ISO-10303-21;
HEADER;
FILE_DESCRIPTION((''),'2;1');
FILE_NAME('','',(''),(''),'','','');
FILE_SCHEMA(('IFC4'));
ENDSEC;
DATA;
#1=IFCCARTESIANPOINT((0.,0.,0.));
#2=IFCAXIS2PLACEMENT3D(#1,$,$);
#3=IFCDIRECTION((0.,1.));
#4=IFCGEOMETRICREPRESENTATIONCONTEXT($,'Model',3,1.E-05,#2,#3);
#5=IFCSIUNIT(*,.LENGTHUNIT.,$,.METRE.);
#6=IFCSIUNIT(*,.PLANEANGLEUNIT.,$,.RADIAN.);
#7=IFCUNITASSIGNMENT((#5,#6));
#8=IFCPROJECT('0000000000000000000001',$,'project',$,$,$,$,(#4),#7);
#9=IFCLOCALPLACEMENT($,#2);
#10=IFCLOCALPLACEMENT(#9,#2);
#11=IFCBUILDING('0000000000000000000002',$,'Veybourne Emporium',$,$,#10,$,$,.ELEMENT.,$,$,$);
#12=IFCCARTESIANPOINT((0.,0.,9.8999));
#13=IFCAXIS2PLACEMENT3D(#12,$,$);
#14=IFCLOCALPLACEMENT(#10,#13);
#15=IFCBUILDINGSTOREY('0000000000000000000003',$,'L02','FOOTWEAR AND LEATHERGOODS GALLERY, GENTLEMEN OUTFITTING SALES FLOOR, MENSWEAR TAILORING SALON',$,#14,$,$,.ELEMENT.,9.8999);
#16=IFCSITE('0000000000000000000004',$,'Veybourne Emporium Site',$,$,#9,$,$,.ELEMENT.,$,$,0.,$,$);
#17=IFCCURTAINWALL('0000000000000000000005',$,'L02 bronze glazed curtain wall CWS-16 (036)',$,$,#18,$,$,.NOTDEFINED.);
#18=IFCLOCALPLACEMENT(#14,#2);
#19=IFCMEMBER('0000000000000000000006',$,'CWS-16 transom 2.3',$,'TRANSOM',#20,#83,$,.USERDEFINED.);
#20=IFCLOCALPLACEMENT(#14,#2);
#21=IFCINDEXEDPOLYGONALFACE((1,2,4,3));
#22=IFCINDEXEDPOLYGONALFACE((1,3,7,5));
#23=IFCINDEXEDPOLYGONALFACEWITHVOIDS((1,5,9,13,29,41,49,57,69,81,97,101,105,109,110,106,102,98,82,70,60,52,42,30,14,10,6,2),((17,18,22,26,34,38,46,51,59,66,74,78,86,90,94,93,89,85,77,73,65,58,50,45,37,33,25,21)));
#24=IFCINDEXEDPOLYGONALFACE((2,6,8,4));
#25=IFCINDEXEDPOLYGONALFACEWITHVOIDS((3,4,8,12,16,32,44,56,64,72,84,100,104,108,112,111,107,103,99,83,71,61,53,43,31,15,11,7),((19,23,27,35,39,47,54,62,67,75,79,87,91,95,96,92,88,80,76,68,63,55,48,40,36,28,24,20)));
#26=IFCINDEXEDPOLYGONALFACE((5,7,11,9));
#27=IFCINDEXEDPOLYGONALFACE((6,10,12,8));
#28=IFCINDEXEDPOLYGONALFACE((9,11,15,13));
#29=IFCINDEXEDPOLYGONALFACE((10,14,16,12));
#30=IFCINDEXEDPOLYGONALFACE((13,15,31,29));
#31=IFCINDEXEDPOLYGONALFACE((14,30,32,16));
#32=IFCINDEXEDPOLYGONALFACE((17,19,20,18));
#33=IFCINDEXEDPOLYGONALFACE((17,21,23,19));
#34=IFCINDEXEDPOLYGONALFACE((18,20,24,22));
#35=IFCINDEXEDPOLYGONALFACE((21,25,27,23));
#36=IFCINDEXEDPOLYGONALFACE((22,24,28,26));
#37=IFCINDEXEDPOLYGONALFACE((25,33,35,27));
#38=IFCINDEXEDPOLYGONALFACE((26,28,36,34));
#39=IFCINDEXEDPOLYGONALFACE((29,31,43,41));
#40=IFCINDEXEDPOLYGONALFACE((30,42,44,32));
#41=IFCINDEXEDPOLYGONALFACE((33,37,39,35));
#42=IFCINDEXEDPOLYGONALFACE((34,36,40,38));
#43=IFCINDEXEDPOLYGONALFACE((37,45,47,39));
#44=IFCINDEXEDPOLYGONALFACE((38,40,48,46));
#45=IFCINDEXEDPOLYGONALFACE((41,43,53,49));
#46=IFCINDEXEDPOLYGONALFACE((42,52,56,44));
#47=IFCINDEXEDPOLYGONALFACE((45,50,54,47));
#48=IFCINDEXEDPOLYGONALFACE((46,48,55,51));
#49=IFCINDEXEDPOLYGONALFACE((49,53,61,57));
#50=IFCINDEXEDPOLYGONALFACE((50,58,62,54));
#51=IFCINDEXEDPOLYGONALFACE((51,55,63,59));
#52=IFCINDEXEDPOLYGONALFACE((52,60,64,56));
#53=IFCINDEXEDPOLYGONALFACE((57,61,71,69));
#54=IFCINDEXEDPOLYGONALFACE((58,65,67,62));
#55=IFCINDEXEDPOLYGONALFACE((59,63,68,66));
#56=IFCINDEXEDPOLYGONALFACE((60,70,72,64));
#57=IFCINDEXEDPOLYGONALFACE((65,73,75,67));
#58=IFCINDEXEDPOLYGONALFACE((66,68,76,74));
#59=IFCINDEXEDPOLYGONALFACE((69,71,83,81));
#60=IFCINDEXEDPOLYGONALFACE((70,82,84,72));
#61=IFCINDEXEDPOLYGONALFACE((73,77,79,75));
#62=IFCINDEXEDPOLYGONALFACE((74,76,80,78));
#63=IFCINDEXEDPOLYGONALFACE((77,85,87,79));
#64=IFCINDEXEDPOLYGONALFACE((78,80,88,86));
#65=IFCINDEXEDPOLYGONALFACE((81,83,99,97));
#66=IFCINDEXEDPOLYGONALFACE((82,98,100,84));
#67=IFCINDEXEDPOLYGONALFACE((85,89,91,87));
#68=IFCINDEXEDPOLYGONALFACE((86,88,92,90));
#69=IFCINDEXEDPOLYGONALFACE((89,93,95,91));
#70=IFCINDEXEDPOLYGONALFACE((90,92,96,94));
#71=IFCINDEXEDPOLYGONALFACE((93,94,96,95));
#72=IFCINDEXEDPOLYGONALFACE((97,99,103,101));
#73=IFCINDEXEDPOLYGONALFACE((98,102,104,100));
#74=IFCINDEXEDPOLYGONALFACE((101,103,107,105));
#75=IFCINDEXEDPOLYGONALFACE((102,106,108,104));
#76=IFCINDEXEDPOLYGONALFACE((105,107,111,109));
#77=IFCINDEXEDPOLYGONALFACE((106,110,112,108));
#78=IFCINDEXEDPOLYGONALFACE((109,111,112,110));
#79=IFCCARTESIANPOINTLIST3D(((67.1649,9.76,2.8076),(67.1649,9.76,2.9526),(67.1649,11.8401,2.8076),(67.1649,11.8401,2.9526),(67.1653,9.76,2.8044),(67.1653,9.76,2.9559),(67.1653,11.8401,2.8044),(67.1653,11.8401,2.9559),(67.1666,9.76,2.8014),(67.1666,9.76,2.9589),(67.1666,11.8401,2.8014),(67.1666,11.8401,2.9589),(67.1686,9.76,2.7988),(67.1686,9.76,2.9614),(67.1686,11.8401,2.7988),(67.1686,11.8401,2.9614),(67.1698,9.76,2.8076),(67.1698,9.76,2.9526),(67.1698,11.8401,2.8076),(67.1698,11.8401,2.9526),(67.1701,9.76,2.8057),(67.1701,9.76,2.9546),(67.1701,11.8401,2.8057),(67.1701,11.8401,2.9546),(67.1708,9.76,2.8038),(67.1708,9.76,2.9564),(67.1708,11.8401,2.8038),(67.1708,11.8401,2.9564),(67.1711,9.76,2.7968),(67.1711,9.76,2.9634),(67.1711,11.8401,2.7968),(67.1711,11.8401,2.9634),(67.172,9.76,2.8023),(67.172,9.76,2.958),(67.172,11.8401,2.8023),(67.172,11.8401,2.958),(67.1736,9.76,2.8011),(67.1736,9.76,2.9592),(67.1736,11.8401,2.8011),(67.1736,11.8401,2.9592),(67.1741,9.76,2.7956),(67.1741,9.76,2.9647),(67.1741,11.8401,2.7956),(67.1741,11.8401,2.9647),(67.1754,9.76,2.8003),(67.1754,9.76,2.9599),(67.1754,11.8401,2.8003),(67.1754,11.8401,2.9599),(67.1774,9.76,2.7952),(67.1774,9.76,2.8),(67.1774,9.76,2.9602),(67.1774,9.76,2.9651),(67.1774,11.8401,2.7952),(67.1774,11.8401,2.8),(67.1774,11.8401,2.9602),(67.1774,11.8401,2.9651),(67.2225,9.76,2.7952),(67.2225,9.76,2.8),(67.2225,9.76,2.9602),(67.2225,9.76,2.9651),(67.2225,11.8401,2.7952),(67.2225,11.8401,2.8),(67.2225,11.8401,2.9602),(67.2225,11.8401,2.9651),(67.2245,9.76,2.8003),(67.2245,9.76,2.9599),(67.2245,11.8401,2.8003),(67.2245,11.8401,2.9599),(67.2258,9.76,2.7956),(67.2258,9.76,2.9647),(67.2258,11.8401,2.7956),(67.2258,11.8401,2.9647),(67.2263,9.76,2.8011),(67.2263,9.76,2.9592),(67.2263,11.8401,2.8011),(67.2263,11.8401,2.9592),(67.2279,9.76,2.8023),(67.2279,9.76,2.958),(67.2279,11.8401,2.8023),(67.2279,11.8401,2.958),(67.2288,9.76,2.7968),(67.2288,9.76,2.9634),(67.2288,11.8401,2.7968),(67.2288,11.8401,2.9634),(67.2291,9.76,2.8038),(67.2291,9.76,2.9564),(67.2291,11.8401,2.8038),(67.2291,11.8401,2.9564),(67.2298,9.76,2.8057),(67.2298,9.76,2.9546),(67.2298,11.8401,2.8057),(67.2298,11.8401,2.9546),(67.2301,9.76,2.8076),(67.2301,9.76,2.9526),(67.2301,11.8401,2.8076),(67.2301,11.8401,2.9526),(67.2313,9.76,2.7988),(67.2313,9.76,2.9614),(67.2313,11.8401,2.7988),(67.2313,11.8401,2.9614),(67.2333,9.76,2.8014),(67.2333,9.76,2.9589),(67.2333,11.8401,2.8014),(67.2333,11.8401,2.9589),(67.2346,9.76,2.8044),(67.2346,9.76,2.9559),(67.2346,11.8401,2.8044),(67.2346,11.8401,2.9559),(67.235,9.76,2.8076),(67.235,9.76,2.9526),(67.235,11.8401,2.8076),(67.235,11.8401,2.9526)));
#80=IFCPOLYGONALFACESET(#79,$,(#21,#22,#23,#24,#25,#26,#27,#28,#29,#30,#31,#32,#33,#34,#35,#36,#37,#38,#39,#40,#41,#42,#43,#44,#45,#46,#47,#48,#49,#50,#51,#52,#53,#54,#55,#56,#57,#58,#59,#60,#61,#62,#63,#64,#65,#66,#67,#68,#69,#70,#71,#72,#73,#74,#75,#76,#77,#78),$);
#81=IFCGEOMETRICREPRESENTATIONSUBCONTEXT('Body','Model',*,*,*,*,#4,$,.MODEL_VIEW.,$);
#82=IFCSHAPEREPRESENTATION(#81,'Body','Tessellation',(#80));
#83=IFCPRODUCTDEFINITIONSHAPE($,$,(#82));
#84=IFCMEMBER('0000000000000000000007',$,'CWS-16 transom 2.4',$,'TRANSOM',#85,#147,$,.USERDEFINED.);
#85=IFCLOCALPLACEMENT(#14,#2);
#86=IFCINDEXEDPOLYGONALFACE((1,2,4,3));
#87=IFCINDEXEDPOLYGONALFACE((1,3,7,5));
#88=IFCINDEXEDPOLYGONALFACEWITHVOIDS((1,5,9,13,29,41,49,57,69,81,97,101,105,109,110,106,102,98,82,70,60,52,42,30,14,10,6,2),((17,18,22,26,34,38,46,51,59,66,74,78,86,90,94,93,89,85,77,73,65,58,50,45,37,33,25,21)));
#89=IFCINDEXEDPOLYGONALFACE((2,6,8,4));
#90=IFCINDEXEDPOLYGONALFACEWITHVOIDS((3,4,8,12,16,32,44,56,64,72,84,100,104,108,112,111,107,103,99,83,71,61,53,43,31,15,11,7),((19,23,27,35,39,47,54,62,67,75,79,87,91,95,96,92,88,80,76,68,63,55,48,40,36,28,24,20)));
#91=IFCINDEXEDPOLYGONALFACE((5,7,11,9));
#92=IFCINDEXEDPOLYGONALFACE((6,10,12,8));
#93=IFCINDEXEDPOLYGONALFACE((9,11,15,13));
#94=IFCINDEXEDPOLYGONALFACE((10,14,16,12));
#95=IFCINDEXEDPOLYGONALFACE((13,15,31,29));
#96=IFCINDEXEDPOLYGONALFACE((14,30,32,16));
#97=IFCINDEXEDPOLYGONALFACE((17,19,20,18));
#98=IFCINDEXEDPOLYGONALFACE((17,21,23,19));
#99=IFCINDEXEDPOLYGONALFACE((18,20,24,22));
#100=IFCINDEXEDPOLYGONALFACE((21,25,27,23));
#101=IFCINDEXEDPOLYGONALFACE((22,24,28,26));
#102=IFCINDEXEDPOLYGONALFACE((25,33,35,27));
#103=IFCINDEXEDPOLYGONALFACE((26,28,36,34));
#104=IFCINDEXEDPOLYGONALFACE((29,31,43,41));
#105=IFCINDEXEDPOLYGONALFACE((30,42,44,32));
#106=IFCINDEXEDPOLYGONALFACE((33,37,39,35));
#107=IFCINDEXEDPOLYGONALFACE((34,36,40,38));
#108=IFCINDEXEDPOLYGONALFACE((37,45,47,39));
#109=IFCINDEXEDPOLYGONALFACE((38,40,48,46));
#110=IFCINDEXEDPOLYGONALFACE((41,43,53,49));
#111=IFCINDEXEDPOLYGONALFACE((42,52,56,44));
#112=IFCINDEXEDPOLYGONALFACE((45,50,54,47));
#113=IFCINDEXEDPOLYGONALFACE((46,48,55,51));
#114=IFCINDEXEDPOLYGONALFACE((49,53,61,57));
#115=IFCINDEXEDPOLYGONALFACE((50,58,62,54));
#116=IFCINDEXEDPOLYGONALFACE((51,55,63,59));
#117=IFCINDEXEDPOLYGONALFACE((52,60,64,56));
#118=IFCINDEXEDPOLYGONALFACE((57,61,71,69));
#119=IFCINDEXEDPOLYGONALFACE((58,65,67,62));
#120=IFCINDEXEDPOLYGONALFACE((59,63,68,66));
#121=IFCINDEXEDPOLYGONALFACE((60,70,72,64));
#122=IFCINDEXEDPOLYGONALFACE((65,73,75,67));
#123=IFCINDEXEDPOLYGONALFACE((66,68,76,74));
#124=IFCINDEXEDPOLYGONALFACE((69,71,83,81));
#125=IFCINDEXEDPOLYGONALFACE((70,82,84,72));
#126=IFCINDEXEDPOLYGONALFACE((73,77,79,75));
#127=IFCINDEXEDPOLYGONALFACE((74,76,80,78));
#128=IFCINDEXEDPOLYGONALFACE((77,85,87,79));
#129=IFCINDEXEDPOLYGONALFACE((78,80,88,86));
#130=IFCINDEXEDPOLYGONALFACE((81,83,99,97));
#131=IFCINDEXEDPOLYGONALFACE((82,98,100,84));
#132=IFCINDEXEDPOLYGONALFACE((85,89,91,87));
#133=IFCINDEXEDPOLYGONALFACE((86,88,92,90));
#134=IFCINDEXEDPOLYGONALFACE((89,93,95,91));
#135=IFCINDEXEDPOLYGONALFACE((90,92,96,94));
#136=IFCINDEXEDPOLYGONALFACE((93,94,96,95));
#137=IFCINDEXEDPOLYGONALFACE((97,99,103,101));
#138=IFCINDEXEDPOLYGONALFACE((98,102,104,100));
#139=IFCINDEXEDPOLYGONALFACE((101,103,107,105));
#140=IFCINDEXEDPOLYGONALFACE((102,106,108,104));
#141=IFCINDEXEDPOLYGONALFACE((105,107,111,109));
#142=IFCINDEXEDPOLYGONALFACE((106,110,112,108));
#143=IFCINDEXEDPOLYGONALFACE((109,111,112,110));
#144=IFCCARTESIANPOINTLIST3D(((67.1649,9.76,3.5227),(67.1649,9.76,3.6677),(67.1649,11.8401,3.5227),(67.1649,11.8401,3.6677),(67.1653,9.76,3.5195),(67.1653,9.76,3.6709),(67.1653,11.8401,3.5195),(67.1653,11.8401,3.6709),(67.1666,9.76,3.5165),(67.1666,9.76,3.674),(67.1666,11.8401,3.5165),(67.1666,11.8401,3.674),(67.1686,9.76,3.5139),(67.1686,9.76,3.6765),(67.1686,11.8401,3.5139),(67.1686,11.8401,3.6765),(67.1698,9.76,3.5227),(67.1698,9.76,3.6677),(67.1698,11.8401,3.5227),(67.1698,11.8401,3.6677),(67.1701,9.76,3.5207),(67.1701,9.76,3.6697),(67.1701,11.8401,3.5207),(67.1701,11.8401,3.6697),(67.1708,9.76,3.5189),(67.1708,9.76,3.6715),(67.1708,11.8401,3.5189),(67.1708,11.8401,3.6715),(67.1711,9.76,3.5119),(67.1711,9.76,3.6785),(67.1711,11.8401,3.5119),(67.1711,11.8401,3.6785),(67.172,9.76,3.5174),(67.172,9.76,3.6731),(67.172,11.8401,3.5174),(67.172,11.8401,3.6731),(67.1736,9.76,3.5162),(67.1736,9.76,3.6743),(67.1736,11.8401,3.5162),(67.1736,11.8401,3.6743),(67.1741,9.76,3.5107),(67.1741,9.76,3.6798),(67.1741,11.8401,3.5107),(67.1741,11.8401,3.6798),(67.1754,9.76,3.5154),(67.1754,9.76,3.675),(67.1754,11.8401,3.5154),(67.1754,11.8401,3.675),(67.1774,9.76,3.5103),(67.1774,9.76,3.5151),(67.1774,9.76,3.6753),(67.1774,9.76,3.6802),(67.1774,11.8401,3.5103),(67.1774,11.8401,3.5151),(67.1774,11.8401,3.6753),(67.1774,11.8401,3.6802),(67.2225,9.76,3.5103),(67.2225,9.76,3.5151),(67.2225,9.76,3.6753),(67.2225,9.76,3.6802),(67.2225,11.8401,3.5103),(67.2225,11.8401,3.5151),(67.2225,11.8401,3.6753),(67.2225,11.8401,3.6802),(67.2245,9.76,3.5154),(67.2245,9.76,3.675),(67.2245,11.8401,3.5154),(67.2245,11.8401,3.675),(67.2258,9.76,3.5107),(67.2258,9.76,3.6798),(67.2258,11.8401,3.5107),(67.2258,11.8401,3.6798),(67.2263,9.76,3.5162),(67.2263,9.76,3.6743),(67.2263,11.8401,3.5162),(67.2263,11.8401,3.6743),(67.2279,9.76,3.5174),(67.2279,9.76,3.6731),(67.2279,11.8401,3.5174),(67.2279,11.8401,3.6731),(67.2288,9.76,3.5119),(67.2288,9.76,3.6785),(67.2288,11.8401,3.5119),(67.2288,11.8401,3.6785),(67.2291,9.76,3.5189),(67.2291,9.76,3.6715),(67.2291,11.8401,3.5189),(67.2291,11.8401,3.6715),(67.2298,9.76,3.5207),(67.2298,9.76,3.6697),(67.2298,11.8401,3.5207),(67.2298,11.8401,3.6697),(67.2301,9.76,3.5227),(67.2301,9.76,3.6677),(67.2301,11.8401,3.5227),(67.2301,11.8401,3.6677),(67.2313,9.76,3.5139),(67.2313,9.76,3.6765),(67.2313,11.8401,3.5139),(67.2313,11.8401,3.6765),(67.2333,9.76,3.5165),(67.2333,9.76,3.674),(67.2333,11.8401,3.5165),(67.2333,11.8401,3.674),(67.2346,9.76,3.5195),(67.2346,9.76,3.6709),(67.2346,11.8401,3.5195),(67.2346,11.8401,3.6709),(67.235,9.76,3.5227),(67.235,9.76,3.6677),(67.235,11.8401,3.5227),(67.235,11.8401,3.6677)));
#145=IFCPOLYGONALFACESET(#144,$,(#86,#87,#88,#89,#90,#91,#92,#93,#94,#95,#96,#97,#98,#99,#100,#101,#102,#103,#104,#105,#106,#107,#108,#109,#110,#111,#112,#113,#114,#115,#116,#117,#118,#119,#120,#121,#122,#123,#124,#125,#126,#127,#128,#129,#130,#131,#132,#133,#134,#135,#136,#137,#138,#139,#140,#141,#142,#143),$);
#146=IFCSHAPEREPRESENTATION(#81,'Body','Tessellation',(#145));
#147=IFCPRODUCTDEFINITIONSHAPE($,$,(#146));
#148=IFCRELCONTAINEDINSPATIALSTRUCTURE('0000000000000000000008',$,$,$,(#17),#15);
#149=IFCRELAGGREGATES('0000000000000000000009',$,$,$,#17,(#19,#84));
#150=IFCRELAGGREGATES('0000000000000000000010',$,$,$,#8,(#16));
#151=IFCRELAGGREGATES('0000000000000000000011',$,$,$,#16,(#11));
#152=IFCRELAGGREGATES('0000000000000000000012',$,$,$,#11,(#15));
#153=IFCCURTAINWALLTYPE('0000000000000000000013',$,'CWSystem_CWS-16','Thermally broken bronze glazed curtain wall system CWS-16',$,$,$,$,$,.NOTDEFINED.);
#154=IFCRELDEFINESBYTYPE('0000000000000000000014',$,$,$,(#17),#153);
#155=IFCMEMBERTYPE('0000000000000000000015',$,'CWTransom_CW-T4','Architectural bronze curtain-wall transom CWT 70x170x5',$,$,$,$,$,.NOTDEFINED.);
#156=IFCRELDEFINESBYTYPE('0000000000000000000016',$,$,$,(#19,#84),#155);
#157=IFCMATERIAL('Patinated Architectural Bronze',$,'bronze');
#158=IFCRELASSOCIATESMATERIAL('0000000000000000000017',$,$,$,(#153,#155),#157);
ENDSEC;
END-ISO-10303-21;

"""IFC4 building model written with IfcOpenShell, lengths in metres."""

from ifc_helpers import new_model, si_unit, direction, frame, origin, origin_2d, place, context, subcontext, project, spatial, hollow_rectangle, extrude, material, material_profile, profile_set, type_object, element, aggregate, save


model = new_model("IFC4")

# Units and contexts
model_context = context("Model", 3, precision=1e-05, world=origin(), true_north=direction((0.0, 1.0)))
body_context = subcontext(model_context, "Body", "Model", "MODEL_VIEW")
ifc_project = project(units=[si_unit("LENGTHUNIT", "METRE"), si_unit("PLANEANGLEUNIT", "RADIAN")], contexts=[model_context])

# Site, building, storey
site_placement = place(None, origin())
site = spatial("IfcSite", under=ifc_project, at=site_placement, Name="Veybourne Emporium Site", CompositionType="ELEMENT", RefElevation=0.0)
building_placement = place(site_placement, origin())
building = spatial("IfcBuilding", under=site, at=building_placement, Name="Veybourne Emporium", CompositionType="ELEMENT")
storey_placement = place(building_placement, frame((0.0, 0.0, 9.8999)))
storey = spatial("IfcBuildingStorey", under=building, at=storey_placement, Name="L02", Description="FOOTWEAR AND LEATHERGOODS GALLERY, GENTLEMEN OUTFITTING SALES FLOOR, MENSWEAR TAILORING SALON", CompositionType="ELEMENT", Elevation=9.8999)

# Curtain wall, members
ifc_material_1 = material(Name="Patinated Architectural Bronze", Category="bronze")
curtain_wall_type = type_object("IfcCurtainWallType", Name="CWSystem_CWS-16", Description="Thermally broken bronze glazed curtain wall system CWS-16", PredefinedType="NOTDEFINED", material=ifc_material_1)
curtain_wall_placement = place(storey_placement, origin())
curtain_wall = element("IfcCurtainWall", 1, at=curtain_wall_placement, inside=storey, type_object=curtain_wall_type, Name="L02 bronze glazed curtain wall CWS-16 (036)", PredefinedType="NOTDEFINED")
ifc_material_profile = material_profile(ifc_material_1, hollow_rectangle(XDim=0.0701, YDim=0.1699, WallThickness=0.0049, InnerFilletRadius=0.0076, OuterFilletRadius=0.0125, at=origin_2d()), Name="CWT 70x170x5")
ifc_profile_set = profile_set([ifc_material_profile], Name="Patinated Architectural Bronze")
member_type = type_object("IfcMemberType", Name="CWTransom_CW-T4", Description="Architectural bronze curtain-wall transom CWT 70x170x5", PredefinedType="NOTDEFINED", material=ifc_profile_set)
member_1_placement = place(storey_placement, frame((67.2, 9.76, 2.8801), z_axis=(0.0, 1.0, 0.0), x_axis=(-1.0, 0.0, 0.0)))
member_1 = element("IfcMember", 2, at=member_1_placement, type_object=member_type, Name="CWS-16 transom 2.3", ObjectType="TRANSOM", PredefinedType="USERDEFINED", context=body_context, shape_type="SweptSolid", body=[
    extrude(hollow_rectangle(XDim=0.0701, YDim=0.1699, WallThickness=0.0049, InnerFilletRadius=0.0076, OuterFilletRadius=0.0125, at=origin_2d()), origin(), (0.0, 0.0, 1.0), 2.0801),
])
member_2_placement = place(storey_placement, frame((67.2, 9.76, 3.5952), z_axis=(0.0, 1.0, 0.0), x_axis=(-1.0, 0.0, 0.0)))
member_2 = element("IfcMember", 3, at=member_2_placement, type_object=member_type, Name="CWS-16 transom 2.4", ObjectType="TRANSOM", PredefinedType="USERDEFINED", context=body_context, shape_type="SweptSolid", body=[
    extrude(hollow_rectangle(XDim=0.0701, YDim=0.1699, WallThickness=0.0049, InnerFilletRadius=0.0076, OuterFilletRadius=0.0125, at=origin_2d()), origin(), (0.0, 0.0, 1.0), 2.0801),
])
aggregate(curtain_wall, [member_1, member_2])

save(model, "model.ifc")
